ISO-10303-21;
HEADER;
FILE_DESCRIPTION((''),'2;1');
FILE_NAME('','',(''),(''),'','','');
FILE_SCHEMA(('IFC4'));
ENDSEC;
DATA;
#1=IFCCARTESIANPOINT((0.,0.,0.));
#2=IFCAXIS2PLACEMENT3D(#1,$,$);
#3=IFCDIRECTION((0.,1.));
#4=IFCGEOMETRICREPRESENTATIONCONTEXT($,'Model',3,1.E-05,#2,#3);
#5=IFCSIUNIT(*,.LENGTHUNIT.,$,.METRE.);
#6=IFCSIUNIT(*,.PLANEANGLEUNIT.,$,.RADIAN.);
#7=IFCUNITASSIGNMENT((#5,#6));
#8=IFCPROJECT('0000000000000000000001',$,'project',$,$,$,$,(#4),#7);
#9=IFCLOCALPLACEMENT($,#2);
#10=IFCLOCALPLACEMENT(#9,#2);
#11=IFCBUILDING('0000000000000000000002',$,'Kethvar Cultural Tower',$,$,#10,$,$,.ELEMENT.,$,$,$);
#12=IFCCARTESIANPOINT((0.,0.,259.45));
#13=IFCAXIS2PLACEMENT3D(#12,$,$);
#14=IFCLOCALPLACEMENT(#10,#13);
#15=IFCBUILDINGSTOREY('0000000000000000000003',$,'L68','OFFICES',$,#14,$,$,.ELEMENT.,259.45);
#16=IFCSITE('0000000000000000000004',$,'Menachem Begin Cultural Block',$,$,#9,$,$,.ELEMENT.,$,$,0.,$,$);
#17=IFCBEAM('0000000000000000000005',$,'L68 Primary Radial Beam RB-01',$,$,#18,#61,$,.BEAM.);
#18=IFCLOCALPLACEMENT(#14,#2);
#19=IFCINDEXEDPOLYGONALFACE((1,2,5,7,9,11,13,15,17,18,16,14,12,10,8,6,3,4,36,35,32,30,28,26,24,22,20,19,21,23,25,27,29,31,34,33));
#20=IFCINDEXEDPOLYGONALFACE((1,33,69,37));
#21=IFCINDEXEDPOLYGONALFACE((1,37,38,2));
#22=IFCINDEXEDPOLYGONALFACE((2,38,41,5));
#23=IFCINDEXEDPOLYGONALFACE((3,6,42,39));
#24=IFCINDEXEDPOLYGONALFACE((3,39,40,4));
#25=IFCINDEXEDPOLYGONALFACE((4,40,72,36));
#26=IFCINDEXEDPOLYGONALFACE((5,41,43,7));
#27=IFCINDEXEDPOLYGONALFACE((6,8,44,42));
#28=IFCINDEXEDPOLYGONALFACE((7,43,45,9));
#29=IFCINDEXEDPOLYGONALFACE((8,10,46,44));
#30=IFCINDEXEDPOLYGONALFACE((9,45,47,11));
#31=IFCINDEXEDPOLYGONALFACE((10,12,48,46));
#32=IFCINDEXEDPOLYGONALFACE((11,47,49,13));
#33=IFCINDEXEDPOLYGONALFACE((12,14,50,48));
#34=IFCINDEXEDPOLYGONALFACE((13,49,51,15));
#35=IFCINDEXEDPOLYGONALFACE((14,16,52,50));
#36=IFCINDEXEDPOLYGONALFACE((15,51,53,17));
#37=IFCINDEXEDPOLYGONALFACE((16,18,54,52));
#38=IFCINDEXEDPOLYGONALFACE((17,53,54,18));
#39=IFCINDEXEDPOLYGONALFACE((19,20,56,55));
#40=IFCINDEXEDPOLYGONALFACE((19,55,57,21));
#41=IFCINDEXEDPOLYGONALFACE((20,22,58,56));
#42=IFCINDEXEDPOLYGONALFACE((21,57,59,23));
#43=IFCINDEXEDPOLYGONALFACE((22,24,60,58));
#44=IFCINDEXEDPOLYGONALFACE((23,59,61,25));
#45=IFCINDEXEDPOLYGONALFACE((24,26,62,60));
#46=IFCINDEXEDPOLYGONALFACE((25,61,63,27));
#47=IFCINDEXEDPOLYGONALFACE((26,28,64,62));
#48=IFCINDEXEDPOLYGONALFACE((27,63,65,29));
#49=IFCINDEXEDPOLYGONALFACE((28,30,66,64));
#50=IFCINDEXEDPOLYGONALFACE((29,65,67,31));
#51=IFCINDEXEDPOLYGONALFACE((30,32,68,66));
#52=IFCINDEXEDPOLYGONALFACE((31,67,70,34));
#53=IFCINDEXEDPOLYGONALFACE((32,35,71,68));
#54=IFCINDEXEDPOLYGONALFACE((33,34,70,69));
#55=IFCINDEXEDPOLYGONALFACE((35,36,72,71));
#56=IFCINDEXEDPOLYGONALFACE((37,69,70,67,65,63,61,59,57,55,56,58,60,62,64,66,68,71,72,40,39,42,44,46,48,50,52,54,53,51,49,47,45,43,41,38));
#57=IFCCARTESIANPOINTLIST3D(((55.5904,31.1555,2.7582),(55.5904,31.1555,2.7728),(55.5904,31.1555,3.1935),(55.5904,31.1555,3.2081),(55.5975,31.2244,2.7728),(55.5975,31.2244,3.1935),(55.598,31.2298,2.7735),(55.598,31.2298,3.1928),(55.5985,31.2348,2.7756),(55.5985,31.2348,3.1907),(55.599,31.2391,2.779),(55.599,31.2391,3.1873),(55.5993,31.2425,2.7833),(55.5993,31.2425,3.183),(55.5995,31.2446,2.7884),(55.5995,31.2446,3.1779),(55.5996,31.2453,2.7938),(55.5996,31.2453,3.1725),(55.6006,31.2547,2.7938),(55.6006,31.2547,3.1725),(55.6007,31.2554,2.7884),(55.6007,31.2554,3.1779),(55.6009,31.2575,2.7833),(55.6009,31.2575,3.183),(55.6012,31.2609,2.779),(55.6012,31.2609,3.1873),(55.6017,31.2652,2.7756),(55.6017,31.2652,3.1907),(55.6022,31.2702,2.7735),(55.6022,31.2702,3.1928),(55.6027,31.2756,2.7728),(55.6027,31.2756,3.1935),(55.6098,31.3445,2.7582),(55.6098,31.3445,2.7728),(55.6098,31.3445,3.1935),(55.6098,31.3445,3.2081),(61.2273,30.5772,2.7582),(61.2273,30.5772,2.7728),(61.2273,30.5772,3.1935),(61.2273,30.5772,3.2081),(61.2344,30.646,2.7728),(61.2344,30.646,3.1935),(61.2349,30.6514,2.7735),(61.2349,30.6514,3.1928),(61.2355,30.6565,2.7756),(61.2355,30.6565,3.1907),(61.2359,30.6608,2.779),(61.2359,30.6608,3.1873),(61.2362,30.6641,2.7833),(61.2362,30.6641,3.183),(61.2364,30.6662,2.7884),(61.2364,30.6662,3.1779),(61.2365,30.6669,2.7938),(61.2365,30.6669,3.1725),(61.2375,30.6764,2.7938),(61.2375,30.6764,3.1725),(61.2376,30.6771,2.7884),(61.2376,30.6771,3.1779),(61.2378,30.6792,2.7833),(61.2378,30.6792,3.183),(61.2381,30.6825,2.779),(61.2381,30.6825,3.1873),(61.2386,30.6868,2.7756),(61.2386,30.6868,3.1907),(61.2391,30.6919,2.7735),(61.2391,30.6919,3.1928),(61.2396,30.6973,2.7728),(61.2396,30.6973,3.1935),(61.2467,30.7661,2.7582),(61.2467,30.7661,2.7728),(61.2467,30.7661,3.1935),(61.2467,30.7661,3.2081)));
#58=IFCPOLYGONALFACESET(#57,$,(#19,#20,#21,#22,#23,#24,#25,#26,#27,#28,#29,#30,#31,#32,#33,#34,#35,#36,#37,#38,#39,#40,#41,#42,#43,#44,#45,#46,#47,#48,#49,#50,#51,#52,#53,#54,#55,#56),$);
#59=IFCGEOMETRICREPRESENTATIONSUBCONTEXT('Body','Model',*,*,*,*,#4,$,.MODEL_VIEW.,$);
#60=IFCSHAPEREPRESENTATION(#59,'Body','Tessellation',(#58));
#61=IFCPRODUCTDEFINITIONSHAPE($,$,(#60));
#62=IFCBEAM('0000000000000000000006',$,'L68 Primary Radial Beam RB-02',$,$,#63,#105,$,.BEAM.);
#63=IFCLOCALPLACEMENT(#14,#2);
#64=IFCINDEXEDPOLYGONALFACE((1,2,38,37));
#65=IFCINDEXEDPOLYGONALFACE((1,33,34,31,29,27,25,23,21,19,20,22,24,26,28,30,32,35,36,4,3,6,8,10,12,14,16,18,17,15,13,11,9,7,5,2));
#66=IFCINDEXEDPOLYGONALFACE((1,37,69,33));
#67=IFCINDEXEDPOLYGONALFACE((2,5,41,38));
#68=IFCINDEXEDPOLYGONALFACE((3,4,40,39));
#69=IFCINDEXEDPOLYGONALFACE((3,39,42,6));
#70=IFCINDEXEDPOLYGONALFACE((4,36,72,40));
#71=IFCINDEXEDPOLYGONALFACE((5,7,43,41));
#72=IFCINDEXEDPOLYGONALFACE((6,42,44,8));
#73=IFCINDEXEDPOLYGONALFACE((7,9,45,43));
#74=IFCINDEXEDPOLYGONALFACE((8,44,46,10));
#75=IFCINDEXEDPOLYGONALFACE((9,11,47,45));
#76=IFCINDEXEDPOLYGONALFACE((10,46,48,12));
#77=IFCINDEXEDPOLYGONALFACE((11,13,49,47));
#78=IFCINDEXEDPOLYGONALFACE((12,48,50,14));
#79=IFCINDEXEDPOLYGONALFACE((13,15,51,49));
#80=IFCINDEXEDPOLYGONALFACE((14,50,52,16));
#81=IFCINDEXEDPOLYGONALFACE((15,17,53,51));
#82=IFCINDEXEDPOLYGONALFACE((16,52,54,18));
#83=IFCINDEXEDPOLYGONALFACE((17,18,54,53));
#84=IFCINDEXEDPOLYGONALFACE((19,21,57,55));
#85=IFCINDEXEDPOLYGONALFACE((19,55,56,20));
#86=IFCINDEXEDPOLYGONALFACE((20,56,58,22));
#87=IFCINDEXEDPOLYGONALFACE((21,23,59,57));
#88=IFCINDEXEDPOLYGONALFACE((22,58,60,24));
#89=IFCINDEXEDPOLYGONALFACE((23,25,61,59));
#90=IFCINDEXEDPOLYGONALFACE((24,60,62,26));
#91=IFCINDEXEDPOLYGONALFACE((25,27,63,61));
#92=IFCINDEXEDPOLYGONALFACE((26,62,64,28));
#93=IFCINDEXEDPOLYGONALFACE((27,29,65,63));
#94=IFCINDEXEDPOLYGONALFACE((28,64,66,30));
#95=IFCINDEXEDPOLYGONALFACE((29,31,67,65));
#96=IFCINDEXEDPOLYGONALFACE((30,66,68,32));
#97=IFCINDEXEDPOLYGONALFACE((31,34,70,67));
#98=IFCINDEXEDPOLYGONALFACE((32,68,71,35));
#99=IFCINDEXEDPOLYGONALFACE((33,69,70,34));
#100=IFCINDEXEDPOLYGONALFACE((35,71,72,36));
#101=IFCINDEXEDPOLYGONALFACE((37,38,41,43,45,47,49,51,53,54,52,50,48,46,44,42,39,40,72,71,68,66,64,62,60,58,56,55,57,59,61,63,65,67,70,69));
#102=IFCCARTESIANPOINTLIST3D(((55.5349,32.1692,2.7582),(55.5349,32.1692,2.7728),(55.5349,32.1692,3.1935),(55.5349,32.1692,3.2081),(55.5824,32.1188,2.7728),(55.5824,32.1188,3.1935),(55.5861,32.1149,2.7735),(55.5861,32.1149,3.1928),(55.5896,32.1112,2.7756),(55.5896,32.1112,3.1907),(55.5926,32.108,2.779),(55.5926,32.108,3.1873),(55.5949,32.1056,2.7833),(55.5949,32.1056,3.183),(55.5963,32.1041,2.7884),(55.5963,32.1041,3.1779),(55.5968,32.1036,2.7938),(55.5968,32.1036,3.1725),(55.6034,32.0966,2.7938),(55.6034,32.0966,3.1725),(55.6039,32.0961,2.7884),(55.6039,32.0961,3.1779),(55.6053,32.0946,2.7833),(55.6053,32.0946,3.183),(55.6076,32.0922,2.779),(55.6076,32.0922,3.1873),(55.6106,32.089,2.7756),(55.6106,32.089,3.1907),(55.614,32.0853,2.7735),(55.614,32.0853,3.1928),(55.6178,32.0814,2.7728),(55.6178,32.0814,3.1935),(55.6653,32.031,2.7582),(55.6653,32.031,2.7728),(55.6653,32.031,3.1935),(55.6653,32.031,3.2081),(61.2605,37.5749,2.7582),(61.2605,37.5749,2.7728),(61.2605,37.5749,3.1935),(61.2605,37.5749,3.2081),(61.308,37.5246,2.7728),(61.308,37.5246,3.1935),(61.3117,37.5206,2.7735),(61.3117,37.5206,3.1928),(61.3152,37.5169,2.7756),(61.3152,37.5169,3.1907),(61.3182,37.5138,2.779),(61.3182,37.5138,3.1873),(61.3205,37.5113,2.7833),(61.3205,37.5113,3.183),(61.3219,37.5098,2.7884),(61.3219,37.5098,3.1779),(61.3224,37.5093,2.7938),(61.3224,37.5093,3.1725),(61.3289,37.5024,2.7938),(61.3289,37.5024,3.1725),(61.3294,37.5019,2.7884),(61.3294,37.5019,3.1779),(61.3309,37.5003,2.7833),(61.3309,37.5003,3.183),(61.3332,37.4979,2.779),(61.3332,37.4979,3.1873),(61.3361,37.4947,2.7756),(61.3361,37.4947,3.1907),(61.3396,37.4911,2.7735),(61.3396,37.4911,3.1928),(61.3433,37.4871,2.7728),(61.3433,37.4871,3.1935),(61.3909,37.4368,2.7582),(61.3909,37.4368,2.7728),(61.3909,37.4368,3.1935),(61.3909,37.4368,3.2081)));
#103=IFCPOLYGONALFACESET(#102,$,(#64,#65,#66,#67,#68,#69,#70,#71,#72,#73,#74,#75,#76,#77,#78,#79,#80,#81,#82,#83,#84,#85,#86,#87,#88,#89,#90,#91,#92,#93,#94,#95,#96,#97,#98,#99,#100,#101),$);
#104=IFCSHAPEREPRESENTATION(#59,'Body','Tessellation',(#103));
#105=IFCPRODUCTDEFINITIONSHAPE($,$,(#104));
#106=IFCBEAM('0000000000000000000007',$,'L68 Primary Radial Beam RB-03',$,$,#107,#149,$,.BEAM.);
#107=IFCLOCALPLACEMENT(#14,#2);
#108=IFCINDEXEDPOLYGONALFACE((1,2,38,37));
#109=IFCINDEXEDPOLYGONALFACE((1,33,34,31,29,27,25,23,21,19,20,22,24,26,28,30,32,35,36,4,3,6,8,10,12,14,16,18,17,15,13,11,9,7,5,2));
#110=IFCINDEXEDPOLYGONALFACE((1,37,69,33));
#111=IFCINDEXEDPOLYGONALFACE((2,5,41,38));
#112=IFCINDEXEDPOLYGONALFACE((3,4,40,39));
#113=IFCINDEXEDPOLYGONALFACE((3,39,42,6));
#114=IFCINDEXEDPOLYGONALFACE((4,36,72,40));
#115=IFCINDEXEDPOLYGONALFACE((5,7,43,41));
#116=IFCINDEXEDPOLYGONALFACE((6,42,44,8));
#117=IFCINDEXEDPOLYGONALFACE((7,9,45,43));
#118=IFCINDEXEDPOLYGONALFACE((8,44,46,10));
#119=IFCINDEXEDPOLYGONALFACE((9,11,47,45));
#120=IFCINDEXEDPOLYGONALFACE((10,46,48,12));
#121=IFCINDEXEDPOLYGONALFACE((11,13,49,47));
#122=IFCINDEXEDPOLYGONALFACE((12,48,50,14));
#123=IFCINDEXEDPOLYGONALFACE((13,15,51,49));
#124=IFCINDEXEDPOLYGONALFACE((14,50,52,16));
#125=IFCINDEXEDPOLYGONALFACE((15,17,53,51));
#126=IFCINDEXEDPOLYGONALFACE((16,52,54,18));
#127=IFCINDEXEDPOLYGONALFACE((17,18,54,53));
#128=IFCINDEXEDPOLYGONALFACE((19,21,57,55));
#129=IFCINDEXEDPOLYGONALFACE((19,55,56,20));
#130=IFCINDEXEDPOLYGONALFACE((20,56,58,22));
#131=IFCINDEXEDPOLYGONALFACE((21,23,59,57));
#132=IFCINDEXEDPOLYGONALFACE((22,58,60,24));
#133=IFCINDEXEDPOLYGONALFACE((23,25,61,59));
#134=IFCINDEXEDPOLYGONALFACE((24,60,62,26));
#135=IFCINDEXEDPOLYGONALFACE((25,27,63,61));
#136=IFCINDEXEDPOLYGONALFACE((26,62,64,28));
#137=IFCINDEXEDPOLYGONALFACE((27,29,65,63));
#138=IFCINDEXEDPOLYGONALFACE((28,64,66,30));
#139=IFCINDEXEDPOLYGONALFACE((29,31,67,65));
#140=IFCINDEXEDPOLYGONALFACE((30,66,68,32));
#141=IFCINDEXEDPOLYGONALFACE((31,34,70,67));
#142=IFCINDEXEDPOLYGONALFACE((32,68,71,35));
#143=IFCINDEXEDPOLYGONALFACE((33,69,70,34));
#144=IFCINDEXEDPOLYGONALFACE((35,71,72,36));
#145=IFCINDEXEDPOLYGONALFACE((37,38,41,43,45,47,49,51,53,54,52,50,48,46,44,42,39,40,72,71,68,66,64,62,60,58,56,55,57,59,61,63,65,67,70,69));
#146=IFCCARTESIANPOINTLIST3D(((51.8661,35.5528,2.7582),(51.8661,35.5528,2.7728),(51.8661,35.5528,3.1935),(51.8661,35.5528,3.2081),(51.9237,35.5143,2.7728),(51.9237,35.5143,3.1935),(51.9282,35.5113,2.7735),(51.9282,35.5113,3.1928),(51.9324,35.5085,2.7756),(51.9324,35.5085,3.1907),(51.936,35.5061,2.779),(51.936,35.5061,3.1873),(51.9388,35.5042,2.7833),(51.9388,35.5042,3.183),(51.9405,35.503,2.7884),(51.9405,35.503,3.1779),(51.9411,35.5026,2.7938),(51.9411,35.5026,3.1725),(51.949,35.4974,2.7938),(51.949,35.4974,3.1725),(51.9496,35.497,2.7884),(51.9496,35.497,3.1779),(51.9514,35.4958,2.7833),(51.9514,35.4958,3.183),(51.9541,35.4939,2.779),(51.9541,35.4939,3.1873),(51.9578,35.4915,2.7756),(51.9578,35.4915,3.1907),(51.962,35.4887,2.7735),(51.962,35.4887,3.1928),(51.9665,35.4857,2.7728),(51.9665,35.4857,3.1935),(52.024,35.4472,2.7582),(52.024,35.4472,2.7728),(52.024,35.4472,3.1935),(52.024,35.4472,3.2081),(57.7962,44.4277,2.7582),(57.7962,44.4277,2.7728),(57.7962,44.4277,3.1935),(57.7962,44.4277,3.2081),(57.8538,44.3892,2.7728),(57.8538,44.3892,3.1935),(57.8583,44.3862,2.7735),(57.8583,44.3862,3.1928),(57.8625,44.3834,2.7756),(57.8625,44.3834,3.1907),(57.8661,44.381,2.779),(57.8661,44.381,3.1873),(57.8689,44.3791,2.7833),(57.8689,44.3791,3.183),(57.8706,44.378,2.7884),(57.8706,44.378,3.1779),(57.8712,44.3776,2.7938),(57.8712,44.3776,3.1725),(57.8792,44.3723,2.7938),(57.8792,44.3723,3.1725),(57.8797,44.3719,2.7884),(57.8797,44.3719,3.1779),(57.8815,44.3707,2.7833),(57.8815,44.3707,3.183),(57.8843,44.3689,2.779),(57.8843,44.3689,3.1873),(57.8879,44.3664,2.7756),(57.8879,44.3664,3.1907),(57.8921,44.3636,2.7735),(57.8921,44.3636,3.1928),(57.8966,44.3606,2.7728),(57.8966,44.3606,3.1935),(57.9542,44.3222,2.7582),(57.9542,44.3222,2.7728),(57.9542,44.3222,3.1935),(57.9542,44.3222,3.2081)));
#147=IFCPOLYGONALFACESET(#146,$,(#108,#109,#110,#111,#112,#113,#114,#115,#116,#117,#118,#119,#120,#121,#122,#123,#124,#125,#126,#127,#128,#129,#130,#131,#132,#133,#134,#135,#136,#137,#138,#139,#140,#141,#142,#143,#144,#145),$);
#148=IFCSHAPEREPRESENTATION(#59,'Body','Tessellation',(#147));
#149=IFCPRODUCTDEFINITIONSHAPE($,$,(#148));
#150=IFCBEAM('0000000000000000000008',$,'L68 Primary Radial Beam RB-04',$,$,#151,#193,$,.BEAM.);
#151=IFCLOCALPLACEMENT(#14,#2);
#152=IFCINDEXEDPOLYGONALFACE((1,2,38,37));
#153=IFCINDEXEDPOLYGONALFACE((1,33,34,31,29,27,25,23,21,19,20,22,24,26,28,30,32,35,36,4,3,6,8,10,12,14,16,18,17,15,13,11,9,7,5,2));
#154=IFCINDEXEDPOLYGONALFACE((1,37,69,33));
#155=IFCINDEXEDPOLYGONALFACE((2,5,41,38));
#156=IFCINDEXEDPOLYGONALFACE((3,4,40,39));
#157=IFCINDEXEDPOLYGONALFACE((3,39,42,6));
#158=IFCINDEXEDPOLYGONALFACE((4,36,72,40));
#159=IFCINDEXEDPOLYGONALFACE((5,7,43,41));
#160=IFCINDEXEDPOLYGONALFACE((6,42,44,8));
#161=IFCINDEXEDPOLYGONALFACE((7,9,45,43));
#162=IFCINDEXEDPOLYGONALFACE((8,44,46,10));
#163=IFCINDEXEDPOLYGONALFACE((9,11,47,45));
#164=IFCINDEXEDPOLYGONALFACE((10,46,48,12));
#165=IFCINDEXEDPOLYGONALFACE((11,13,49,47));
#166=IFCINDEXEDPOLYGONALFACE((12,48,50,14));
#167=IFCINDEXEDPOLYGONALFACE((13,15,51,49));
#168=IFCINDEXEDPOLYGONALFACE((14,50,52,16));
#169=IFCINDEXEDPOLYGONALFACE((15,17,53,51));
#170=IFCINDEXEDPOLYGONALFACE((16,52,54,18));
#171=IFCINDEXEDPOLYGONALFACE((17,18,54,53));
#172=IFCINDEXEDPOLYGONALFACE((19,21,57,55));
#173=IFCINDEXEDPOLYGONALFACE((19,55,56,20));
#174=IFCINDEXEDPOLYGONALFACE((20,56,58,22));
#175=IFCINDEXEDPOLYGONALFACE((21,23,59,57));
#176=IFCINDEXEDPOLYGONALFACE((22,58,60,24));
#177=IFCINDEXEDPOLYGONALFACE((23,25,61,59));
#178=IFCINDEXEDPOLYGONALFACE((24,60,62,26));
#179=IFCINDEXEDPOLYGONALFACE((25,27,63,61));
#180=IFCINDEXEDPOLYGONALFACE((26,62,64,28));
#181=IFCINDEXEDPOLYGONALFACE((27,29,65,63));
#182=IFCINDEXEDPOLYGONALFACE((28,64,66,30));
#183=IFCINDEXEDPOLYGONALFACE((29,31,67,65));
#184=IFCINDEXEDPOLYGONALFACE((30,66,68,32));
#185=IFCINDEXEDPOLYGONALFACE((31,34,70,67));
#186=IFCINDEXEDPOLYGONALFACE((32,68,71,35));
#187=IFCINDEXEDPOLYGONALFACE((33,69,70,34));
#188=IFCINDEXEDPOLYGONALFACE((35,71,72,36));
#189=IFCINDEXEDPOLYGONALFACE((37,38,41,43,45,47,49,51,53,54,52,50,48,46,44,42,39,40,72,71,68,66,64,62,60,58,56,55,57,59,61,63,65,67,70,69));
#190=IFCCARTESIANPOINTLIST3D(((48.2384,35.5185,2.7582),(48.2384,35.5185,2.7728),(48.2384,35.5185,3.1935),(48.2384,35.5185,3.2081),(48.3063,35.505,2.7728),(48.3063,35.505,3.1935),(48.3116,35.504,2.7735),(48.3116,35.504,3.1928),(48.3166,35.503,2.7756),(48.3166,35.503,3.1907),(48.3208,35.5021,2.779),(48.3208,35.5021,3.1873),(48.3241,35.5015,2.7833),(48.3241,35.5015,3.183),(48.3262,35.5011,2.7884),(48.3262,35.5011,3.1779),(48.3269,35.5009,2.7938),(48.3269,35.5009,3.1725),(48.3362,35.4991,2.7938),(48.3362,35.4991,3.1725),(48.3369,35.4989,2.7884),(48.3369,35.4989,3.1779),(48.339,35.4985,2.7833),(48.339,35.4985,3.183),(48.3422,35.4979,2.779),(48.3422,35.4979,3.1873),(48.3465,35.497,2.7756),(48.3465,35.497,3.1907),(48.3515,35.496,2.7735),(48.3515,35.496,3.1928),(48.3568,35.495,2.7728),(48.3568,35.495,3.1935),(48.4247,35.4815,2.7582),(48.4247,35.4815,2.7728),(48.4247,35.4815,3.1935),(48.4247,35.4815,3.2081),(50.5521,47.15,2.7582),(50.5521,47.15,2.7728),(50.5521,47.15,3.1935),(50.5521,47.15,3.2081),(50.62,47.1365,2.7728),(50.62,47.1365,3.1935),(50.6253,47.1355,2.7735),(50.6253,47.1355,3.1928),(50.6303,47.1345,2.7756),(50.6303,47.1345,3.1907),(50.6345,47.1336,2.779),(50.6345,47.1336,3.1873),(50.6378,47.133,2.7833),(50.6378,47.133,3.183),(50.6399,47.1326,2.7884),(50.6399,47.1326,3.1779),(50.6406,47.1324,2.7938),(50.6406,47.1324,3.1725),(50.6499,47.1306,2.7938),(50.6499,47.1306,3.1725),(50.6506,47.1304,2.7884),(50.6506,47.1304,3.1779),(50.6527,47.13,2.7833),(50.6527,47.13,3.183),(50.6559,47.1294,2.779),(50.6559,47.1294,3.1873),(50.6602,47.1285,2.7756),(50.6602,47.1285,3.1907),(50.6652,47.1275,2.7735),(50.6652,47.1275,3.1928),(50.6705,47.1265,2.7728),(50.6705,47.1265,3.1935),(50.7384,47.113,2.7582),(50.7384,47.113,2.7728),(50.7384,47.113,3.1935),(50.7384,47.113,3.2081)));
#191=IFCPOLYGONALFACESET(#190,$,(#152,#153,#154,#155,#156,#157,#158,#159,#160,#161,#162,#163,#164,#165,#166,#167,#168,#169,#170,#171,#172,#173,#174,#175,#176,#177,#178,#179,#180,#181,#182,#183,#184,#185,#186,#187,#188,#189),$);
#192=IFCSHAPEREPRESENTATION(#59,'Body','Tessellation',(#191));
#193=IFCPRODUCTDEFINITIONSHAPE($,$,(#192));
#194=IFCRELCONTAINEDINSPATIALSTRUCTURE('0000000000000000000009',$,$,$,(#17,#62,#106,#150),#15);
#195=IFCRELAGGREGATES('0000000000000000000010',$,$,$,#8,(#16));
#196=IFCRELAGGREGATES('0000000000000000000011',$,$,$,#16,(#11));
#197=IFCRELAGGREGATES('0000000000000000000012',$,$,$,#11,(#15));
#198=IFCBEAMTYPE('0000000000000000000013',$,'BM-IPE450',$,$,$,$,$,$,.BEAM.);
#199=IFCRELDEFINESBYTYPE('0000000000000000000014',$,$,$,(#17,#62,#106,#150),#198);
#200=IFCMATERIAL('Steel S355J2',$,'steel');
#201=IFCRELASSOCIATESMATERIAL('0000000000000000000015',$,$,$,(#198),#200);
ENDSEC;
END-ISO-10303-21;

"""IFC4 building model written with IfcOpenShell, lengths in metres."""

from ifc_helpers import new_model, si_unit, direction, frame, origin, origin_2d, place, context, subcontext, project, spatial, i_section, extrude, source, transform, mapped, material, material_profile, profile_set, type_object, element, save


model = new_model("IFC4")

# Units and contexts
model_context = context("Model", 3, precision=1e-05, world=origin(), true_north=direction((0.0, 1.0)))
body_context = subcontext(model_context, "Body", "Model", "MODEL_VIEW")
ifc_project = project(units=[si_unit("LENGTHUNIT", "METRE"), si_unit("PLANEANGLEUNIT", "RADIAN")], contexts=[model_context])

# Site, building, storey
site_placement = place(None, origin())
site = spatial("IfcSite", under=ifc_project, at=site_placement, Name="Menachem Begin Cultural Block", CompositionType="ELEMENT", RefElevation=0.0)
building_placement = place(site_placement, origin())
building = spatial("IfcBuilding", under=site, at=building_placement, Name="Kethvar Cultural Tower", CompositionType="ELEMENT")
storey_placement = place(building_placement, frame((0.0, 0.0, 259.45)))
storey = spatial("IfcBuildingStorey", under=building, at=storey_placement, Name="L68", Description="OFFICES", CompositionType="ELEMENT", Elevation=259.45)

# Beams
ifc_material_1 = material(Name="Steel S355J2", Category="steel")
ifc_material_profile_1 = material_profile(ifc_material_1, i_section(OverallWidth=0.1899, OverallDepth=0.45, WebThickness=0.0095, FlangeThickness=0.0146, FilletRadius=0.021, at=origin_2d()), Name="Steel S355J2 — IPE450")
ifc_profile_set_1 = profile_set([ifc_material_profile_1], Name="Steel S355J2 — IPE450")
beam_type_1 = type_object("IfcBeamType", Name="BM-IPE450", PredefinedType="BEAM", material=ifc_profile_set_1)
shared_shape_1 = source(origin(), body_context, "Body", "SweptSolid", [
    extrude(i_section(OverallWidth=0.1899, OverallDepth=0.45, WebThickness=0.0095, FlangeThickness=0.0146, FilletRadius=0.021, at=origin_2d()), origin(), (0.0, 0.0, 1.0), 5.6665),
])
beam_1_placement = place(storey_placement, frame((55.6001, 31.25, 2.9832), z_axis=(0.994778, -0.102067, 0.0), x_axis=(0.102067, 0.994778, 0.0)))
element("IfcBeam", 1, at=beam_1_placement, inside=storey, type_object=beam_type_1, Name="L68 Primary Radial Beam RB-01", PredefinedType="BEAM", context=body_context, shape_type="MappedRepresentation", body=[
    mapped(shared_shape_1, transform((0.0, 0.0, 0.0), scale=1.0)),
])
shared_shape_2 = source(origin(), body_context, "Body", "SweptSolid", [
    extrude(i_section(OverallWidth=0.1899, OverallDepth=0.45, WebThickness=0.0095, FlangeThickness=0.0146, FilletRadius=0.021, at=origin_2d()), origin(), (0.0, 0.0, 1.0), 7.8743),
])
beam_2_placement = place(storey_placement, frame((55.6001, 32.1001, 2.9832), z_axis=(0.727123, 0.686507, 0.0), x_axis=(-0.686507, 0.727123, 0.0)))
element("IfcBeam", 2, at=beam_2_placement, inside=storey, type_object=beam_type_1, Name="L68 Primary Radial Beam RB-02", PredefinedType="BEAM", context=body_context, shape_type="MappedRepresentation", body=[
    mapped(shared_shape_2, transform((0.0, 0.0, 0.0), scale=1.0)),
])
shared_shape_3 = source(origin(), body_context, "Body", "SweptSolid", [
    extrude(i_section(OverallWidth=0.1899, OverallDepth=0.45, WebThickness=0.0095, FlangeThickness=0.0146, FilletRadius=0.021, at=origin_2d()), origin(), (0.0, 0.0, 1.0), 10.6738),
])
beam_3_placement = place(storey_placement, frame((51.9451, 35.5, 2.9832), z_axis=(0.555576, 0.831466, 0.0), x_axis=(-0.831466, 0.555576, 0.0)))
element("IfcBeam", 3, at=beam_3_placement, inside=storey, type_object=beam_type_1, Name="L68 Primary Radial Beam RB-03", PredefinedType="BEAM", context=body_context, shape_type="MappedRepresentation", body=[
    mapped(shared_shape_3, transform((0.0, 0.0, 0.0), scale=1.0)),
])
shared_shape_4 = source(origin(), body_context, "Body", "SweptSolid", [
    extrude(i_section(OverallWidth=0.1899, OverallDepth=0.45, WebThickness=0.0095, FlangeThickness=0.0146, FilletRadius=0.021, at=origin_2d()), origin(), (0.0, 0.0, 1.0), 11.8594),
])
beam_4_placement = place(storey_placement, frame((48.3315, 35.5, 2.9832), z_axis=(0.195095, 0.980784, 0.0), x_axis=(-0.980784, 0.195095, 0.0)))
element("IfcBeam", 4, at=beam_4_placement, inside=storey, type_object=beam_type_1, Name="L68 Primary Radial Beam RB-04", PredefinedType="BEAM", context=body_context, shape_type="MappedRepresentation", body=[
    mapped(shared_shape_4, transform((0.0, 0.0, 0.0), scale=1.0)),
])

save(model, "model.ifc")
